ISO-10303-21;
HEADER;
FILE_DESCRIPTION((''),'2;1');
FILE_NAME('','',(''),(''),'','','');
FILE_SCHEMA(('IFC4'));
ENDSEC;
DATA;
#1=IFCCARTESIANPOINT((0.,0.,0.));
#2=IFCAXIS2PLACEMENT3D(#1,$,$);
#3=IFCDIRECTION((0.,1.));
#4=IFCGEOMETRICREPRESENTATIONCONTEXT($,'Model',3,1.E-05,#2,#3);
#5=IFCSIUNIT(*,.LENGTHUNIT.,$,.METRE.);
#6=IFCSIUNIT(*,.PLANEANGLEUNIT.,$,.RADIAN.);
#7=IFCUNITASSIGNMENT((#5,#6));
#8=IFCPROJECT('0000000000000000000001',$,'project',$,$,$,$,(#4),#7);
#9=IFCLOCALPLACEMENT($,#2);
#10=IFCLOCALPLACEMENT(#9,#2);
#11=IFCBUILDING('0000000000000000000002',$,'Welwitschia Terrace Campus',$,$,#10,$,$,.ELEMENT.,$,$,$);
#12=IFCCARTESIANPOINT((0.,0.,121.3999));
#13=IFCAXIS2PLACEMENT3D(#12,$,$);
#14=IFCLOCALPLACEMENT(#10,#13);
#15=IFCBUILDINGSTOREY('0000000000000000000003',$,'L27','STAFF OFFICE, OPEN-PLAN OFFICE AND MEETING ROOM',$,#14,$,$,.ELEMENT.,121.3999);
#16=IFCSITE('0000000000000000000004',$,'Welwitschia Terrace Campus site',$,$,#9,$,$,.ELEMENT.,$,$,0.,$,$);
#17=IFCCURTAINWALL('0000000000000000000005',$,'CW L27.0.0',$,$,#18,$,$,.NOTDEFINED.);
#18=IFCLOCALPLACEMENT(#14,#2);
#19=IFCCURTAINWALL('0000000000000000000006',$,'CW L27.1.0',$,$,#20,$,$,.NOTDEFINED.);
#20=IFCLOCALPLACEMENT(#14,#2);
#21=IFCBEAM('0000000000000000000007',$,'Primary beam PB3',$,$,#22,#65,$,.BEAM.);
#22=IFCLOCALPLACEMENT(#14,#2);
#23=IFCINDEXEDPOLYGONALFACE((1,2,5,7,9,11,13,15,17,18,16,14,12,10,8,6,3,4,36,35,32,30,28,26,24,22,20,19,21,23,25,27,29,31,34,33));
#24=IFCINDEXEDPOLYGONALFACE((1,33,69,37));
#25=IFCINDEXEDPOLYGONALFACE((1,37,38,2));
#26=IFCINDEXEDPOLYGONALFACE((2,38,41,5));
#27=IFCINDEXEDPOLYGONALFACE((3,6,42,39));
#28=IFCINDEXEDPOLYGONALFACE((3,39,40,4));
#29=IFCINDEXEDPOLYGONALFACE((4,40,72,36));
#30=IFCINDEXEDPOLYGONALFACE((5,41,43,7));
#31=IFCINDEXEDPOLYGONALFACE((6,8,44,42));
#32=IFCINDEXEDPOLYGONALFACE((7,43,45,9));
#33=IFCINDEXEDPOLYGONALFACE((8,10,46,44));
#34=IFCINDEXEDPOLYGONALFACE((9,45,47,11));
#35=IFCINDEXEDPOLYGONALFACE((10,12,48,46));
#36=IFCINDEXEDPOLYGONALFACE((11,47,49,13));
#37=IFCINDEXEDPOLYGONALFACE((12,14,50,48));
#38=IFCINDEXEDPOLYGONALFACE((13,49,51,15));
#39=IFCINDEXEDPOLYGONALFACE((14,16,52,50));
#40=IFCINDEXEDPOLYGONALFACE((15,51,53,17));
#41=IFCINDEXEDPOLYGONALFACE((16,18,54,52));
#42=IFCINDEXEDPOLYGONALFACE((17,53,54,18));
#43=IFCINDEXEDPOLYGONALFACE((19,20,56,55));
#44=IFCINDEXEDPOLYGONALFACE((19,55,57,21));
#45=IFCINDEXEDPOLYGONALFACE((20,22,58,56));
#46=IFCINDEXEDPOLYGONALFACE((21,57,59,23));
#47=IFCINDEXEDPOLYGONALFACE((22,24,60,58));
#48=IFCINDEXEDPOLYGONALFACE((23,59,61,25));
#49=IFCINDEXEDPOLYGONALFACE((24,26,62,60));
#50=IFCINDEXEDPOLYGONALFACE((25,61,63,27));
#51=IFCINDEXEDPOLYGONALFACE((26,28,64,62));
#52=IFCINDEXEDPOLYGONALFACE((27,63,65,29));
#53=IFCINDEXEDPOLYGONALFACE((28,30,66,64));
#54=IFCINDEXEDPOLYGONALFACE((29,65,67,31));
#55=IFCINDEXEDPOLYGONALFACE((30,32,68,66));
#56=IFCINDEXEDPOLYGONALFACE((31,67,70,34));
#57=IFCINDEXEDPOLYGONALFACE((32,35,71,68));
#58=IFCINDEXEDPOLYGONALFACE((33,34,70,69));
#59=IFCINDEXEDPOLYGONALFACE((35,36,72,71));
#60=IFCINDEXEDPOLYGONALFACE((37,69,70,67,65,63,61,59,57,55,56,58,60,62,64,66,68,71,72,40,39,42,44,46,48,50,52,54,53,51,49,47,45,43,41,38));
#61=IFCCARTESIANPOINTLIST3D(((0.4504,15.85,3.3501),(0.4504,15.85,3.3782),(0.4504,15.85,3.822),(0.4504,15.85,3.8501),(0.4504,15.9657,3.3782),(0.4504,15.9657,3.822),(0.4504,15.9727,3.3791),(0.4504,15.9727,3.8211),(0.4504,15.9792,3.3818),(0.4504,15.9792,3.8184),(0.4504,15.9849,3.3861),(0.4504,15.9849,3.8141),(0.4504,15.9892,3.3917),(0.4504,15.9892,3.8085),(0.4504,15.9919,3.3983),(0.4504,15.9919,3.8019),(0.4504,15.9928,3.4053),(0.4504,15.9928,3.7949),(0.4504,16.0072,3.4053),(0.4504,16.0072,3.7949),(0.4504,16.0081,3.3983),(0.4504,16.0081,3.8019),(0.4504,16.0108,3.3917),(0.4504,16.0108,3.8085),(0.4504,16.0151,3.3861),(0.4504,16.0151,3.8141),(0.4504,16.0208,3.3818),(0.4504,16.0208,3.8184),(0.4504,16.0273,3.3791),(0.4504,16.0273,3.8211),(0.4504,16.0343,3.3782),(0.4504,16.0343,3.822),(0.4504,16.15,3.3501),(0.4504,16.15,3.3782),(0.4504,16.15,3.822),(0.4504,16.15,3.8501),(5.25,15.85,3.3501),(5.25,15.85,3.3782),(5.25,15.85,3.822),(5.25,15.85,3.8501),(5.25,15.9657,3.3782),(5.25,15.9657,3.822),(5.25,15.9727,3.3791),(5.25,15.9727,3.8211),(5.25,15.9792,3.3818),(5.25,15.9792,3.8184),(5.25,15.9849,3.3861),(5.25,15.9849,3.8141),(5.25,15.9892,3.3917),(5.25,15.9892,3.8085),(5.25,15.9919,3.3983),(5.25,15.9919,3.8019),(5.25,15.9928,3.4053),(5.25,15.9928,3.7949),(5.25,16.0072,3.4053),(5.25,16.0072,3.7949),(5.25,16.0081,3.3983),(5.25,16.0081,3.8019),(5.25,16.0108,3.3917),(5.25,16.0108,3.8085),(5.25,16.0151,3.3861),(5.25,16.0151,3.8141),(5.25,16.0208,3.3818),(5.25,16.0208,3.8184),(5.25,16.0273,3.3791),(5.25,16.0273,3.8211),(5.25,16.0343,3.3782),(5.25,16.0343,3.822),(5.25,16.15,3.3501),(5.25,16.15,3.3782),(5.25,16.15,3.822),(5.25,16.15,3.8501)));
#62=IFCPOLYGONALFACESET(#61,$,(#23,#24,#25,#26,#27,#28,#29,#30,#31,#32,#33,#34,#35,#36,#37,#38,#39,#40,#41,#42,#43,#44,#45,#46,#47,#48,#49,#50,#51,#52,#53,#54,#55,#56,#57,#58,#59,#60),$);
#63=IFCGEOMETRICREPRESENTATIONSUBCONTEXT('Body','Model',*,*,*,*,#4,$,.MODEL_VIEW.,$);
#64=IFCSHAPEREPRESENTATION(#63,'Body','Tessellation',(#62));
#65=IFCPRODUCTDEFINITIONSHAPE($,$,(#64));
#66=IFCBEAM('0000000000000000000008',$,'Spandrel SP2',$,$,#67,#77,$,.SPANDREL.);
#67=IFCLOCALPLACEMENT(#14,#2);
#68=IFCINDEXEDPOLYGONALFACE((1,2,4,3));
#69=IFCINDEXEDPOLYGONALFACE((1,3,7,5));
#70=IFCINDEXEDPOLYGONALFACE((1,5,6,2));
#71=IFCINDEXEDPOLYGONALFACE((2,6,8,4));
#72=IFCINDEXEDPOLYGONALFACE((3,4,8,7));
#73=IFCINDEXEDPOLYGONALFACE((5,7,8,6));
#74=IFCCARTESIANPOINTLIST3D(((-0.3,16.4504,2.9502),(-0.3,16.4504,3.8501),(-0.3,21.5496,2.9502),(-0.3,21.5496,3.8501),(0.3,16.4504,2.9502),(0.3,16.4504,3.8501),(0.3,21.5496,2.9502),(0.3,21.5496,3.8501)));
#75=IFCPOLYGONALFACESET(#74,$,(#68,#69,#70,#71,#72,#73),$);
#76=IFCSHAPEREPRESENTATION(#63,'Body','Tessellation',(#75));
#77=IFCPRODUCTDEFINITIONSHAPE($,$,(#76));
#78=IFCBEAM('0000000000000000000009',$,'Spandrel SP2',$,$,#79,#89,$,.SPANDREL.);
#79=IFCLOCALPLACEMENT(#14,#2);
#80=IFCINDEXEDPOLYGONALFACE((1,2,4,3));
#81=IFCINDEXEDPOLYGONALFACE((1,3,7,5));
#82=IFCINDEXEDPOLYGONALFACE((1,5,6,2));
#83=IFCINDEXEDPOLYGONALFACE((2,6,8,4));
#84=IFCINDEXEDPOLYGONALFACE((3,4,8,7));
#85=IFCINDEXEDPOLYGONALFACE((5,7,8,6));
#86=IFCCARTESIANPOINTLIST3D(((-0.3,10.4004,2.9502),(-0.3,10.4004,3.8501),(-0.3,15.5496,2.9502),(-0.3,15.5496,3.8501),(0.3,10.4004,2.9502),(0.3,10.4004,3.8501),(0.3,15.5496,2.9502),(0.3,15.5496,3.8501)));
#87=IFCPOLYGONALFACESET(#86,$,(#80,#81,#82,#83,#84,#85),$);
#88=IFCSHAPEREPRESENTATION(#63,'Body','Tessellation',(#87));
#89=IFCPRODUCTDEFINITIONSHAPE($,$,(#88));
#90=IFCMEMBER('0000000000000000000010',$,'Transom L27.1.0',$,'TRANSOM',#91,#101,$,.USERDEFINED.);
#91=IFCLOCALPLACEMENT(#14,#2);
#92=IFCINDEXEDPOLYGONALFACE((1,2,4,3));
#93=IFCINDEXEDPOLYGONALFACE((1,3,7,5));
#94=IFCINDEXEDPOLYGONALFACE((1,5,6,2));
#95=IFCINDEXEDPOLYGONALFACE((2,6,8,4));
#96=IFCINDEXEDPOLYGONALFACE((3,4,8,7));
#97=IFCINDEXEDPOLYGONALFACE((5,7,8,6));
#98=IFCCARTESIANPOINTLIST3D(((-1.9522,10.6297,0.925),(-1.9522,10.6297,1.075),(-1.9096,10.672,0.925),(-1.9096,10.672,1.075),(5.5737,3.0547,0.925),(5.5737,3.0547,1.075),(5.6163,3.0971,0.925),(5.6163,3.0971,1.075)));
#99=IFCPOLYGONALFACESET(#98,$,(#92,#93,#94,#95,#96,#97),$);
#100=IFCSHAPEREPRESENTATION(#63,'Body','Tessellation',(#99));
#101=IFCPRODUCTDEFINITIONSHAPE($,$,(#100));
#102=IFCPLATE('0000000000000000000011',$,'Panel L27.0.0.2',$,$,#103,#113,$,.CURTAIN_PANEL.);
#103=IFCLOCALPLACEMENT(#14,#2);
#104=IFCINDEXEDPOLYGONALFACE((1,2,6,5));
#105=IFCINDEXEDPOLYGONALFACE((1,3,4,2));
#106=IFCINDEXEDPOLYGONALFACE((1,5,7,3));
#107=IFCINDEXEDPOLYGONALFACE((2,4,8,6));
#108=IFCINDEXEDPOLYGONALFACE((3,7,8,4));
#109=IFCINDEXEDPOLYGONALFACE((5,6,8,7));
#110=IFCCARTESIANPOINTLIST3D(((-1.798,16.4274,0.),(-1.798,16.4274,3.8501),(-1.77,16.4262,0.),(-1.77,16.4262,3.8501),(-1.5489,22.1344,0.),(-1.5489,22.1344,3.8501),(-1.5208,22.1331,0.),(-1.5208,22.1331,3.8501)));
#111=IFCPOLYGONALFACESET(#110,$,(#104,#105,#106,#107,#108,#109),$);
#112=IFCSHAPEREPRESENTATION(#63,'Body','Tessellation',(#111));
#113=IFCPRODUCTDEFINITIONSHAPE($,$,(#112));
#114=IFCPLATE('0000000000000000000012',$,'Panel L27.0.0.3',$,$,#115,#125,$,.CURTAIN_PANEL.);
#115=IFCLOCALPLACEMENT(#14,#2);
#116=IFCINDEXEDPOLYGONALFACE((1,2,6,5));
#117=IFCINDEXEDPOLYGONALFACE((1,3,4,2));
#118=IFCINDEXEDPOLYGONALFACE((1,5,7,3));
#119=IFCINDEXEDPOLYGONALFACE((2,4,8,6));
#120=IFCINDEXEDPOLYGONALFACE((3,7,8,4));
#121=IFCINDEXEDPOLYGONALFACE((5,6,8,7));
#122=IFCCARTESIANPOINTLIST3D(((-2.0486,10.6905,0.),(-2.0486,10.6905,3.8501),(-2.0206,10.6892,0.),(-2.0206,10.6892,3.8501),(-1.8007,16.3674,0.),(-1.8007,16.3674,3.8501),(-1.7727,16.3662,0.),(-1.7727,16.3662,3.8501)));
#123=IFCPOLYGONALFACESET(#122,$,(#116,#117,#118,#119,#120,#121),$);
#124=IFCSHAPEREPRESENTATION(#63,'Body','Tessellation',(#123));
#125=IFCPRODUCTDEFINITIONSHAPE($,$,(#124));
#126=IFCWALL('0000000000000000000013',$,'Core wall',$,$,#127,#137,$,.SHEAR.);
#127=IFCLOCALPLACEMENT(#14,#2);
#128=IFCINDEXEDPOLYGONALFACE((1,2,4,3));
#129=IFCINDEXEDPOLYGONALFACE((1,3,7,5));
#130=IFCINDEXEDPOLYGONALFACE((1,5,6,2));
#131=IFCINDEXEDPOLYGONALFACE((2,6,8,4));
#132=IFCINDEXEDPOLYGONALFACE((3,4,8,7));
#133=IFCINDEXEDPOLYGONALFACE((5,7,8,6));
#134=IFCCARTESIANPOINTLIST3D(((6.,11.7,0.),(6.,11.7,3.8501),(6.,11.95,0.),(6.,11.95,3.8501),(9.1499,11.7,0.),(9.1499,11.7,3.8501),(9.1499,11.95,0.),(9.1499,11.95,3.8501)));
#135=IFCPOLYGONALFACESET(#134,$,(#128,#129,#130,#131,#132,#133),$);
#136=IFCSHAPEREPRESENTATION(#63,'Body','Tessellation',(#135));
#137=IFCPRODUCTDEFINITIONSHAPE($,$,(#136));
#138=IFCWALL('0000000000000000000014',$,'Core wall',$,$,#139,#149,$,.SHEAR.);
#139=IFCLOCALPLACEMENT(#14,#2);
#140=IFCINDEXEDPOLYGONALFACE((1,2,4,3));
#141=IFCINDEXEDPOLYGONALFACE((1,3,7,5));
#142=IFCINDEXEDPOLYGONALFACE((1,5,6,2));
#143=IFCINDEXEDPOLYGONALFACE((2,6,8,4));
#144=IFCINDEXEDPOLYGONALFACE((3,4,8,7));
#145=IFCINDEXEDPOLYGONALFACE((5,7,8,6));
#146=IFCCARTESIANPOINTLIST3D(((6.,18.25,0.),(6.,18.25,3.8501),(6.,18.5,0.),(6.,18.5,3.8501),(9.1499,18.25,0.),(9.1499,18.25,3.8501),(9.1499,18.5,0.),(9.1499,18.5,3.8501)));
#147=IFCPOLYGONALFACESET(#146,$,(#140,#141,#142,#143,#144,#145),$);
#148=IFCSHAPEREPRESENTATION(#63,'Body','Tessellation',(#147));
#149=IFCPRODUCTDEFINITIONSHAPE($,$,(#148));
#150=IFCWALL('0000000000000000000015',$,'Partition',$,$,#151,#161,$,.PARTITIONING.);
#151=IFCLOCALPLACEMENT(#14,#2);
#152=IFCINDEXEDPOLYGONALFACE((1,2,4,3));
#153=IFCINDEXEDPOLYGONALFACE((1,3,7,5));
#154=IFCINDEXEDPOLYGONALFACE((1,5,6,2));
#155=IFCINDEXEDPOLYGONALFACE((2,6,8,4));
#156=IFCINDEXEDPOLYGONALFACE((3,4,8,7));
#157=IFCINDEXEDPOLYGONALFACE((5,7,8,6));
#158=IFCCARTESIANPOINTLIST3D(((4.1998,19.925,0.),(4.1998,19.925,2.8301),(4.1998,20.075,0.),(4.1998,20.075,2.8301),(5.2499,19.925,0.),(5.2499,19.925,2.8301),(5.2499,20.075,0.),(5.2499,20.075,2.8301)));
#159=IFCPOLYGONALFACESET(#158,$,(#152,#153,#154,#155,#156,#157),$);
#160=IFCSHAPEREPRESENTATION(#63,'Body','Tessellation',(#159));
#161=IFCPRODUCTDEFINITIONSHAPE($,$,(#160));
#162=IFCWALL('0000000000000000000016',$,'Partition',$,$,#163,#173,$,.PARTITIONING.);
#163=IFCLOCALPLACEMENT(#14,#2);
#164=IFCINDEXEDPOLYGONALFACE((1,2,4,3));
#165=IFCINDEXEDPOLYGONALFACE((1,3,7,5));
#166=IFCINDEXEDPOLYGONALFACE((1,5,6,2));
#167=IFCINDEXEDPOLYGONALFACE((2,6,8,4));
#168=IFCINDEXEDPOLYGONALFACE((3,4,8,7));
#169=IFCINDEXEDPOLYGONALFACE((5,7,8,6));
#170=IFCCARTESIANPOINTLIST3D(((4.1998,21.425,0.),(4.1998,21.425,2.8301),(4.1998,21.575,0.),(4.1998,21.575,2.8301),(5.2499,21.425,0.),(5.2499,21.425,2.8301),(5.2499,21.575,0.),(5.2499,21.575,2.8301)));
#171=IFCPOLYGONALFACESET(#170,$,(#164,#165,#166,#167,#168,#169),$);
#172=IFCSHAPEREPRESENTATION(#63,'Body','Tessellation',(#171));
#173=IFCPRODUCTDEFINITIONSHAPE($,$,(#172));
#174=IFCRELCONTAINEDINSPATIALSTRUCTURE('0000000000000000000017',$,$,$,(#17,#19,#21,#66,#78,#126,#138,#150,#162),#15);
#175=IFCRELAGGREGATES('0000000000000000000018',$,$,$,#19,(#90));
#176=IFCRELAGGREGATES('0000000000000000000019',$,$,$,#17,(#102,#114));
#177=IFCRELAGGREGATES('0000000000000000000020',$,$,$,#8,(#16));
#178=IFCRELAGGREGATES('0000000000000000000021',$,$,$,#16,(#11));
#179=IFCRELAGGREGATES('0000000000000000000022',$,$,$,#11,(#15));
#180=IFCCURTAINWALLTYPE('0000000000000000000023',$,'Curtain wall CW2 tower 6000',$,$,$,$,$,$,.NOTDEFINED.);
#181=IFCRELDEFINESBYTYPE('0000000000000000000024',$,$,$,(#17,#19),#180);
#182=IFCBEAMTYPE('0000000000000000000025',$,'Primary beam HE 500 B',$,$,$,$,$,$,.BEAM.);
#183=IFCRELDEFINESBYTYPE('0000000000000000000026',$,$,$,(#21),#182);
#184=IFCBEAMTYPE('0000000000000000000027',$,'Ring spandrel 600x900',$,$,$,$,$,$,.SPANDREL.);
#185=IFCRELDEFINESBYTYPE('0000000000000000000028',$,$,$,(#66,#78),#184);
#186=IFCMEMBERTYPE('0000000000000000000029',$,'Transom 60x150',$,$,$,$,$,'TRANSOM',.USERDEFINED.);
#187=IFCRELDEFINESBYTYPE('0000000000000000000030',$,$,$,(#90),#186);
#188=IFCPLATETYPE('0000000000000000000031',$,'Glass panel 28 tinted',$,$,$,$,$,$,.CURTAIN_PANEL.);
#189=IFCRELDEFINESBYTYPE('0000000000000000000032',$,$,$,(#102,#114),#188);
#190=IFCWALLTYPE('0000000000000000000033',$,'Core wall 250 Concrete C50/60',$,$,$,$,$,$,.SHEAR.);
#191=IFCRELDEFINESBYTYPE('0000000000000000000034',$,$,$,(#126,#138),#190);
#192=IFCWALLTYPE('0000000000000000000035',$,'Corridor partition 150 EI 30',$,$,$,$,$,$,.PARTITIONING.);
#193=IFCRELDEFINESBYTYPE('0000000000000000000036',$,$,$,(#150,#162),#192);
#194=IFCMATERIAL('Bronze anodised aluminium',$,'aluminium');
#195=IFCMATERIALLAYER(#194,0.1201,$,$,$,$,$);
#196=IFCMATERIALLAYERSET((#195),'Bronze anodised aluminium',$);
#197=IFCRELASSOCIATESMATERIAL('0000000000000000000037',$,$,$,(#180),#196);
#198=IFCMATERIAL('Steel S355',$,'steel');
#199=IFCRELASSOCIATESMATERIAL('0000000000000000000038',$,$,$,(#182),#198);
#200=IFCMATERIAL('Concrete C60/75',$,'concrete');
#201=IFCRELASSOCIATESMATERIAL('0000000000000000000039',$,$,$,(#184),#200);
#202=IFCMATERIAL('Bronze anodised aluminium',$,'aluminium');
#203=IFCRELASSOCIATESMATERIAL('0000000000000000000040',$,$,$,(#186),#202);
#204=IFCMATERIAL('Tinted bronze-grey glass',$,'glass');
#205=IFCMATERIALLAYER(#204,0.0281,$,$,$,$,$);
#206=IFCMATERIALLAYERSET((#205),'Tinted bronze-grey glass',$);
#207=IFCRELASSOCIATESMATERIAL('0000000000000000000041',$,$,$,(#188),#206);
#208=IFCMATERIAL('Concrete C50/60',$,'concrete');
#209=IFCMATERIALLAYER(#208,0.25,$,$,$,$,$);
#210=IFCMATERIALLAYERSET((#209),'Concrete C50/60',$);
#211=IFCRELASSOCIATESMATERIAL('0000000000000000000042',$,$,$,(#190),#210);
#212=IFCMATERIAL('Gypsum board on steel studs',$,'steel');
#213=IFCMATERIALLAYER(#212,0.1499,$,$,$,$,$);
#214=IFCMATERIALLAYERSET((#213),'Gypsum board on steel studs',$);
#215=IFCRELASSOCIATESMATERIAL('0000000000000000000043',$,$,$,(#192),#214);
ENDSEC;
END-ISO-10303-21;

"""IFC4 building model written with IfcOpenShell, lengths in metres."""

from ifc_helpers import new_model, si_unit, direction, frame, frame_2d, origin, origin_2d, place, context, subcontext, project, spatial, rectangle, i_section, extrude, material, layer, layer_set, material_profile, profile_set, type_object, element, aggregate, save


model = new_model("IFC4")

# Units and contexts
model_context = context("Model", 3, precision=1e-05, world=origin(), true_north=direction((0.0, 1.0)))
body_context = subcontext(model_context, "Body", "Model", "MODEL_VIEW")
ifc_project = project(units=[si_unit("LENGTHUNIT", "METRE"), si_unit("PLANEANGLEUNIT", "RADIAN")], contexts=[model_context])

# Site, building, storey
site_placement = place(None, origin())
site = spatial("IfcSite", under=ifc_project, at=site_placement, Name="Welwitschia Terrace Campus site", CompositionType="ELEMENT", RefElevation=0.0)
building_placement = place(site_placement, origin())
building = spatial("IfcBuilding", under=site, at=building_placement, Name="Welwitschia Terrace Campus", CompositionType="ELEMENT")
storey_placement = place(building_placement, frame((0.0, 0.0, 121.3999)))
storey = spatial("IfcBuildingStorey", under=building, at=storey_placement, Name="L27", Description="STAFF OFFICE, OPEN-PLAN OFFICE AND MEETING ROOM", CompositionType="ELEMENT", Elevation=121.3999)

# Curtain wall
ifc_material_1 = material(Name="Bronze anodised aluminium", Category="aluminium")
ifc_layer_1 = layer(ifc_material_1, 0.1201)
ifc_layer_set_1 = layer_set([ifc_layer_1], Name="Bronze anodised aluminium")
curtain_wall_type = type_object("IfcCurtainWallType", Name="Curtain wall CW2 tower 6000", PredefinedType="NOTDEFINED", material=ifc_layer_set_1)
curtain_wall_1_placement = place(storey_placement, origin())
curtain_wall_1 = element("IfcCurtainWall", 1, at=curtain_wall_1_placement, inside=storey, type_object=curtain_wall_type, Name="CW L27.0.0", PredefinedType="NOTDEFINED")

# Curtain wall
curtain_wall_2_placement = place(storey_placement, origin())
curtain_wall_2 = element("IfcCurtainWall", 2, at=curtain_wall_2_placement, inside=storey, type_object=curtain_wall_type, Name="CW L27.1.0", PredefinedType="NOTDEFINED")

# Beams
ifc_material_2 = material(Name="Steel S355", Category="steel")
ifc_material_profile_1 = material_profile(ifc_material_2, i_section(OverallWidth=0.3, OverallDepth=0.5, WebThickness=0.0144, FlangeThickness=0.0281, FilletRadius=0.0271, at=origin_2d()))
ifc_profile_set_1 = profile_set([ifc_material_profile_1], Name="Steel S355")
beam_type_1 = type_object("IfcBeamType", Name="Primary beam HE 500 B", PredefinedType="BEAM", material=ifc_profile_set_1)
beam_1_placement = place(storey_placement, frame((0.4504, 16.0, 3.6001), z_axis=(1.0, 0.0, 0.0), x_axis=(0.0, 1.0, 0.0)))
element("IfcBeam", 3, at=beam_1_placement, inside=storey, type_object=beam_type_1, Name="Primary beam PB3", PredefinedType="BEAM", context=body_context, shape_type="SweptSolid", body=[
    extrude(i_section(OverallWidth=0.3, OverallDepth=0.5, WebThickness=0.0144, FlangeThickness=0.0281, FilletRadius=0.0271, at=origin_2d()), origin(), (0.0, 0.0, 1.0), 4.7996),
])
ifc_material_3 = material(Name="Concrete C60/75", Category="concrete")
ifc_material_profile_2 = material_profile(ifc_material_3, rectangle(XDim=0.6001, YDim=0.8999, at=origin_2d()))
ifc_profile_set_2 = profile_set([ifc_material_profile_2], Name="Concrete C60/75")
beam_type_2 = type_object("IfcBeamType", Name="Ring spandrel 600x900", PredefinedType="SPANDREL", material=ifc_profile_set_2)
beam_2_placement = place(storey_placement, frame((0.0, 21.5496, 3.4001), z_axis=(0.0, -1.0, 0.0), x_axis=(1.0, 0.0, 0.0)))
element("IfcBeam", 4, at=beam_2_placement, inside=storey, type_object=beam_type_2, Name="Spandrel SP2", PredefinedType="SPANDREL", context=body_context, shape_type="SweptSolid", body=[
    extrude(rectangle(XDim=0.6001, YDim=0.8999, at=origin_2d()), origin(), (0.0, 0.0, 1.0), 5.0991),
])
beam_3_placement = place(storey_placement, frame((0.0, 15.5496, 3.4001), z_axis=(0.0, -1.0, 0.0), x_axis=(1.0, 0.0, 0.0)))
element("IfcBeam", 5, at=beam_3_placement, inside=storey, type_object=beam_type_2, Name="Spandrel SP2", PredefinedType="SPANDREL", context=body_context, shape_type="SweptSolid", body=[
    extrude(rectangle(XDim=0.6001, YDim=0.8999, at=origin_2d()), origin(), (0.0, 0.0, 1.0), 5.1492),
])

# Member
ifc_material_4 = material(Name="Bronze anodised aluminium", Category="aluminium")
ifc_material_profile_3 = material_profile(ifc_material_4, rectangle(XDim=0.0601, YDim=0.1499, at=origin_2d()))
ifc_profile_set_3 = profile_set([ifc_material_profile_3], Name="Bronze anodised aluminium")
member_type_1 = type_object("IfcMemberType", Name="Transom 60x150", ElementType="TRANSOM", PredefinedType="USERDEFINED", material=ifc_profile_set_3)
member_1_placement = place(storey_placement, frame((-1.9309, 10.6509, 1.0), z_axis=(0.704805, -0.709401, 0.0), x_axis=(0.709401, 0.704805, 0.0)))
member_1 = element("IfcMember", 6, at=member_1_placement, type_object=member_type_1, Name="Transom L27.1.0", ObjectType="TRANSOM", PredefinedType="USERDEFINED", context=body_context, shape_type="SweptSolid", body=[
    extrude(rectangle(XDim=0.0601, YDim=0.1499, at=origin_2d()), origin(), (0.0, 0.0, 1.0), 10.678),
])
aggregate(curtain_wall_2, [member_1])

# Plates
ifc_material_5 = material(Name="Tinted bronze-grey glass", Category="glass")
ifc_layer_2 = layer(ifc_material_5, 0.0281)
ifc_layer_set_2 = layer_set([ifc_layer_2], Name="Tinted bronze-grey glass")
plate_type = type_object("IfcPlateType", Name="Glass panel 28 tinted", PredefinedType="CURTAIN_PANEL", material=ifc_layer_set_2)
plate_1_placement = place(storey_placement, frame((-1.6594, 19.2803, 0.0), z_axis=(0.0, 0.0, 1.0), x_axis=(-0.043619, -0.999048, 0.0)))
plate_1 = element("IfcPlate", 7, at=plate_1_placement, type_object=plate_type, Name="Panel L27.0.0.2", PredefinedType="CURTAIN_PANEL", context=body_context, shape_type="SweptSolid", body=[
    extrude(rectangle(XDim=5.7124, YDim=0.0281, at=origin_2d()), origin(), (0.0, 0.0, 1.0), 3.8501),
])
plate_2_placement = place(storey_placement, frame((-1.9106, 13.5283, 0.0), z_axis=(0.0, 0.0, 1.0), x_axis=(-0.043619, -0.999048, 0.0)))
plate_2 = element("IfcPlate", 8, at=plate_2_placement, type_object=plate_type, Name="Panel L27.0.0.3", PredefinedType="CURTAIN_PANEL", context=body_context, shape_type="SweptSolid", body=[
    extrude(rectangle(XDim=5.6824, YDim=0.0281, at=origin_2d()), origin(), (0.0, 0.0, 1.0), 3.8501),
])
aggregate(curtain_wall_1, [plate_1, plate_2])

# Walls
ifc_material_6 = material(Name="Concrete C50/60", Category="concrete")
ifc_layer_3 = layer(ifc_material_6, 0.25)
ifc_layer_set_3 = layer_set([ifc_layer_3], Name="Concrete C50/60")
wall_type_1 = type_object("IfcWallType", Name="Core wall 250 Concrete C50/60", PredefinedType="SHEAR", material=ifc_layer_set_3)
for number, where, z_axis, x_axis, name in (
    (9, (6.0, 11.825, 0.0), (0.0, 0.0, 1.0), (1.0, 0.0, 0.0), "Core wall"),
    (10, (6.0, 18.375, 0.0), (0.0, 0.0, 1.0), (1.0, 0.0, 0.0), "Core wall"),
):
    element("IfcWall", number, at=place(storey_placement, frame(where, z_axis=z_axis, x_axis=x_axis)), inside=storey, type_object=wall_type_1, Name=name, PredefinedType="SHEAR", context=body_context, shape_type="SweptSolid", body=[
        extrude(rectangle(XDim=3.1499, YDim=0.25, at=frame_2d((1.575, 0.0))), origin(), (0.0, 0.0, 1.0), 3.8501),
    ])
ifc_material_7 = material(Name="Gypsum board on steel studs", Category="steel")
ifc_layer_4 = layer(ifc_material_7, 0.1499)
ifc_layer_set_4 = layer_set([ifc_layer_4], Name="Gypsum board on steel studs")
wall_type_2 = type_object("IfcWallType", Name="Corridor partition 150 EI 30", PredefinedType="PARTITIONING", material=ifc_layer_set_4)
for number, where, z_axis, x_axis, name in (
    (11, (4.2, 20.0, 0.0), (0.0, 0.0, 1.0), (1.0, 0.0, 0.0), "Partition"),
    (12, (4.2, 21.5, 0.0), (0.0, 0.0, 1.0), (1.0, 0.0, 0.0), "Partition"),
):
    element("IfcWall", number, at=place(storey_placement, frame(where, z_axis=z_axis, x_axis=x_axis)), inside=storey, type_object=wall_type_2, Name=name, PredefinedType="PARTITIONING", context=body_context, shape_type="SweptSolid", body=[
        extrude(rectangle(XDim=1.05, YDim=0.1499, at=frame_2d((0.5249, 0.0))), origin(), (0.0, 0.0, 1.0), 2.8301),
    ])

save(model, "model.ifc")
